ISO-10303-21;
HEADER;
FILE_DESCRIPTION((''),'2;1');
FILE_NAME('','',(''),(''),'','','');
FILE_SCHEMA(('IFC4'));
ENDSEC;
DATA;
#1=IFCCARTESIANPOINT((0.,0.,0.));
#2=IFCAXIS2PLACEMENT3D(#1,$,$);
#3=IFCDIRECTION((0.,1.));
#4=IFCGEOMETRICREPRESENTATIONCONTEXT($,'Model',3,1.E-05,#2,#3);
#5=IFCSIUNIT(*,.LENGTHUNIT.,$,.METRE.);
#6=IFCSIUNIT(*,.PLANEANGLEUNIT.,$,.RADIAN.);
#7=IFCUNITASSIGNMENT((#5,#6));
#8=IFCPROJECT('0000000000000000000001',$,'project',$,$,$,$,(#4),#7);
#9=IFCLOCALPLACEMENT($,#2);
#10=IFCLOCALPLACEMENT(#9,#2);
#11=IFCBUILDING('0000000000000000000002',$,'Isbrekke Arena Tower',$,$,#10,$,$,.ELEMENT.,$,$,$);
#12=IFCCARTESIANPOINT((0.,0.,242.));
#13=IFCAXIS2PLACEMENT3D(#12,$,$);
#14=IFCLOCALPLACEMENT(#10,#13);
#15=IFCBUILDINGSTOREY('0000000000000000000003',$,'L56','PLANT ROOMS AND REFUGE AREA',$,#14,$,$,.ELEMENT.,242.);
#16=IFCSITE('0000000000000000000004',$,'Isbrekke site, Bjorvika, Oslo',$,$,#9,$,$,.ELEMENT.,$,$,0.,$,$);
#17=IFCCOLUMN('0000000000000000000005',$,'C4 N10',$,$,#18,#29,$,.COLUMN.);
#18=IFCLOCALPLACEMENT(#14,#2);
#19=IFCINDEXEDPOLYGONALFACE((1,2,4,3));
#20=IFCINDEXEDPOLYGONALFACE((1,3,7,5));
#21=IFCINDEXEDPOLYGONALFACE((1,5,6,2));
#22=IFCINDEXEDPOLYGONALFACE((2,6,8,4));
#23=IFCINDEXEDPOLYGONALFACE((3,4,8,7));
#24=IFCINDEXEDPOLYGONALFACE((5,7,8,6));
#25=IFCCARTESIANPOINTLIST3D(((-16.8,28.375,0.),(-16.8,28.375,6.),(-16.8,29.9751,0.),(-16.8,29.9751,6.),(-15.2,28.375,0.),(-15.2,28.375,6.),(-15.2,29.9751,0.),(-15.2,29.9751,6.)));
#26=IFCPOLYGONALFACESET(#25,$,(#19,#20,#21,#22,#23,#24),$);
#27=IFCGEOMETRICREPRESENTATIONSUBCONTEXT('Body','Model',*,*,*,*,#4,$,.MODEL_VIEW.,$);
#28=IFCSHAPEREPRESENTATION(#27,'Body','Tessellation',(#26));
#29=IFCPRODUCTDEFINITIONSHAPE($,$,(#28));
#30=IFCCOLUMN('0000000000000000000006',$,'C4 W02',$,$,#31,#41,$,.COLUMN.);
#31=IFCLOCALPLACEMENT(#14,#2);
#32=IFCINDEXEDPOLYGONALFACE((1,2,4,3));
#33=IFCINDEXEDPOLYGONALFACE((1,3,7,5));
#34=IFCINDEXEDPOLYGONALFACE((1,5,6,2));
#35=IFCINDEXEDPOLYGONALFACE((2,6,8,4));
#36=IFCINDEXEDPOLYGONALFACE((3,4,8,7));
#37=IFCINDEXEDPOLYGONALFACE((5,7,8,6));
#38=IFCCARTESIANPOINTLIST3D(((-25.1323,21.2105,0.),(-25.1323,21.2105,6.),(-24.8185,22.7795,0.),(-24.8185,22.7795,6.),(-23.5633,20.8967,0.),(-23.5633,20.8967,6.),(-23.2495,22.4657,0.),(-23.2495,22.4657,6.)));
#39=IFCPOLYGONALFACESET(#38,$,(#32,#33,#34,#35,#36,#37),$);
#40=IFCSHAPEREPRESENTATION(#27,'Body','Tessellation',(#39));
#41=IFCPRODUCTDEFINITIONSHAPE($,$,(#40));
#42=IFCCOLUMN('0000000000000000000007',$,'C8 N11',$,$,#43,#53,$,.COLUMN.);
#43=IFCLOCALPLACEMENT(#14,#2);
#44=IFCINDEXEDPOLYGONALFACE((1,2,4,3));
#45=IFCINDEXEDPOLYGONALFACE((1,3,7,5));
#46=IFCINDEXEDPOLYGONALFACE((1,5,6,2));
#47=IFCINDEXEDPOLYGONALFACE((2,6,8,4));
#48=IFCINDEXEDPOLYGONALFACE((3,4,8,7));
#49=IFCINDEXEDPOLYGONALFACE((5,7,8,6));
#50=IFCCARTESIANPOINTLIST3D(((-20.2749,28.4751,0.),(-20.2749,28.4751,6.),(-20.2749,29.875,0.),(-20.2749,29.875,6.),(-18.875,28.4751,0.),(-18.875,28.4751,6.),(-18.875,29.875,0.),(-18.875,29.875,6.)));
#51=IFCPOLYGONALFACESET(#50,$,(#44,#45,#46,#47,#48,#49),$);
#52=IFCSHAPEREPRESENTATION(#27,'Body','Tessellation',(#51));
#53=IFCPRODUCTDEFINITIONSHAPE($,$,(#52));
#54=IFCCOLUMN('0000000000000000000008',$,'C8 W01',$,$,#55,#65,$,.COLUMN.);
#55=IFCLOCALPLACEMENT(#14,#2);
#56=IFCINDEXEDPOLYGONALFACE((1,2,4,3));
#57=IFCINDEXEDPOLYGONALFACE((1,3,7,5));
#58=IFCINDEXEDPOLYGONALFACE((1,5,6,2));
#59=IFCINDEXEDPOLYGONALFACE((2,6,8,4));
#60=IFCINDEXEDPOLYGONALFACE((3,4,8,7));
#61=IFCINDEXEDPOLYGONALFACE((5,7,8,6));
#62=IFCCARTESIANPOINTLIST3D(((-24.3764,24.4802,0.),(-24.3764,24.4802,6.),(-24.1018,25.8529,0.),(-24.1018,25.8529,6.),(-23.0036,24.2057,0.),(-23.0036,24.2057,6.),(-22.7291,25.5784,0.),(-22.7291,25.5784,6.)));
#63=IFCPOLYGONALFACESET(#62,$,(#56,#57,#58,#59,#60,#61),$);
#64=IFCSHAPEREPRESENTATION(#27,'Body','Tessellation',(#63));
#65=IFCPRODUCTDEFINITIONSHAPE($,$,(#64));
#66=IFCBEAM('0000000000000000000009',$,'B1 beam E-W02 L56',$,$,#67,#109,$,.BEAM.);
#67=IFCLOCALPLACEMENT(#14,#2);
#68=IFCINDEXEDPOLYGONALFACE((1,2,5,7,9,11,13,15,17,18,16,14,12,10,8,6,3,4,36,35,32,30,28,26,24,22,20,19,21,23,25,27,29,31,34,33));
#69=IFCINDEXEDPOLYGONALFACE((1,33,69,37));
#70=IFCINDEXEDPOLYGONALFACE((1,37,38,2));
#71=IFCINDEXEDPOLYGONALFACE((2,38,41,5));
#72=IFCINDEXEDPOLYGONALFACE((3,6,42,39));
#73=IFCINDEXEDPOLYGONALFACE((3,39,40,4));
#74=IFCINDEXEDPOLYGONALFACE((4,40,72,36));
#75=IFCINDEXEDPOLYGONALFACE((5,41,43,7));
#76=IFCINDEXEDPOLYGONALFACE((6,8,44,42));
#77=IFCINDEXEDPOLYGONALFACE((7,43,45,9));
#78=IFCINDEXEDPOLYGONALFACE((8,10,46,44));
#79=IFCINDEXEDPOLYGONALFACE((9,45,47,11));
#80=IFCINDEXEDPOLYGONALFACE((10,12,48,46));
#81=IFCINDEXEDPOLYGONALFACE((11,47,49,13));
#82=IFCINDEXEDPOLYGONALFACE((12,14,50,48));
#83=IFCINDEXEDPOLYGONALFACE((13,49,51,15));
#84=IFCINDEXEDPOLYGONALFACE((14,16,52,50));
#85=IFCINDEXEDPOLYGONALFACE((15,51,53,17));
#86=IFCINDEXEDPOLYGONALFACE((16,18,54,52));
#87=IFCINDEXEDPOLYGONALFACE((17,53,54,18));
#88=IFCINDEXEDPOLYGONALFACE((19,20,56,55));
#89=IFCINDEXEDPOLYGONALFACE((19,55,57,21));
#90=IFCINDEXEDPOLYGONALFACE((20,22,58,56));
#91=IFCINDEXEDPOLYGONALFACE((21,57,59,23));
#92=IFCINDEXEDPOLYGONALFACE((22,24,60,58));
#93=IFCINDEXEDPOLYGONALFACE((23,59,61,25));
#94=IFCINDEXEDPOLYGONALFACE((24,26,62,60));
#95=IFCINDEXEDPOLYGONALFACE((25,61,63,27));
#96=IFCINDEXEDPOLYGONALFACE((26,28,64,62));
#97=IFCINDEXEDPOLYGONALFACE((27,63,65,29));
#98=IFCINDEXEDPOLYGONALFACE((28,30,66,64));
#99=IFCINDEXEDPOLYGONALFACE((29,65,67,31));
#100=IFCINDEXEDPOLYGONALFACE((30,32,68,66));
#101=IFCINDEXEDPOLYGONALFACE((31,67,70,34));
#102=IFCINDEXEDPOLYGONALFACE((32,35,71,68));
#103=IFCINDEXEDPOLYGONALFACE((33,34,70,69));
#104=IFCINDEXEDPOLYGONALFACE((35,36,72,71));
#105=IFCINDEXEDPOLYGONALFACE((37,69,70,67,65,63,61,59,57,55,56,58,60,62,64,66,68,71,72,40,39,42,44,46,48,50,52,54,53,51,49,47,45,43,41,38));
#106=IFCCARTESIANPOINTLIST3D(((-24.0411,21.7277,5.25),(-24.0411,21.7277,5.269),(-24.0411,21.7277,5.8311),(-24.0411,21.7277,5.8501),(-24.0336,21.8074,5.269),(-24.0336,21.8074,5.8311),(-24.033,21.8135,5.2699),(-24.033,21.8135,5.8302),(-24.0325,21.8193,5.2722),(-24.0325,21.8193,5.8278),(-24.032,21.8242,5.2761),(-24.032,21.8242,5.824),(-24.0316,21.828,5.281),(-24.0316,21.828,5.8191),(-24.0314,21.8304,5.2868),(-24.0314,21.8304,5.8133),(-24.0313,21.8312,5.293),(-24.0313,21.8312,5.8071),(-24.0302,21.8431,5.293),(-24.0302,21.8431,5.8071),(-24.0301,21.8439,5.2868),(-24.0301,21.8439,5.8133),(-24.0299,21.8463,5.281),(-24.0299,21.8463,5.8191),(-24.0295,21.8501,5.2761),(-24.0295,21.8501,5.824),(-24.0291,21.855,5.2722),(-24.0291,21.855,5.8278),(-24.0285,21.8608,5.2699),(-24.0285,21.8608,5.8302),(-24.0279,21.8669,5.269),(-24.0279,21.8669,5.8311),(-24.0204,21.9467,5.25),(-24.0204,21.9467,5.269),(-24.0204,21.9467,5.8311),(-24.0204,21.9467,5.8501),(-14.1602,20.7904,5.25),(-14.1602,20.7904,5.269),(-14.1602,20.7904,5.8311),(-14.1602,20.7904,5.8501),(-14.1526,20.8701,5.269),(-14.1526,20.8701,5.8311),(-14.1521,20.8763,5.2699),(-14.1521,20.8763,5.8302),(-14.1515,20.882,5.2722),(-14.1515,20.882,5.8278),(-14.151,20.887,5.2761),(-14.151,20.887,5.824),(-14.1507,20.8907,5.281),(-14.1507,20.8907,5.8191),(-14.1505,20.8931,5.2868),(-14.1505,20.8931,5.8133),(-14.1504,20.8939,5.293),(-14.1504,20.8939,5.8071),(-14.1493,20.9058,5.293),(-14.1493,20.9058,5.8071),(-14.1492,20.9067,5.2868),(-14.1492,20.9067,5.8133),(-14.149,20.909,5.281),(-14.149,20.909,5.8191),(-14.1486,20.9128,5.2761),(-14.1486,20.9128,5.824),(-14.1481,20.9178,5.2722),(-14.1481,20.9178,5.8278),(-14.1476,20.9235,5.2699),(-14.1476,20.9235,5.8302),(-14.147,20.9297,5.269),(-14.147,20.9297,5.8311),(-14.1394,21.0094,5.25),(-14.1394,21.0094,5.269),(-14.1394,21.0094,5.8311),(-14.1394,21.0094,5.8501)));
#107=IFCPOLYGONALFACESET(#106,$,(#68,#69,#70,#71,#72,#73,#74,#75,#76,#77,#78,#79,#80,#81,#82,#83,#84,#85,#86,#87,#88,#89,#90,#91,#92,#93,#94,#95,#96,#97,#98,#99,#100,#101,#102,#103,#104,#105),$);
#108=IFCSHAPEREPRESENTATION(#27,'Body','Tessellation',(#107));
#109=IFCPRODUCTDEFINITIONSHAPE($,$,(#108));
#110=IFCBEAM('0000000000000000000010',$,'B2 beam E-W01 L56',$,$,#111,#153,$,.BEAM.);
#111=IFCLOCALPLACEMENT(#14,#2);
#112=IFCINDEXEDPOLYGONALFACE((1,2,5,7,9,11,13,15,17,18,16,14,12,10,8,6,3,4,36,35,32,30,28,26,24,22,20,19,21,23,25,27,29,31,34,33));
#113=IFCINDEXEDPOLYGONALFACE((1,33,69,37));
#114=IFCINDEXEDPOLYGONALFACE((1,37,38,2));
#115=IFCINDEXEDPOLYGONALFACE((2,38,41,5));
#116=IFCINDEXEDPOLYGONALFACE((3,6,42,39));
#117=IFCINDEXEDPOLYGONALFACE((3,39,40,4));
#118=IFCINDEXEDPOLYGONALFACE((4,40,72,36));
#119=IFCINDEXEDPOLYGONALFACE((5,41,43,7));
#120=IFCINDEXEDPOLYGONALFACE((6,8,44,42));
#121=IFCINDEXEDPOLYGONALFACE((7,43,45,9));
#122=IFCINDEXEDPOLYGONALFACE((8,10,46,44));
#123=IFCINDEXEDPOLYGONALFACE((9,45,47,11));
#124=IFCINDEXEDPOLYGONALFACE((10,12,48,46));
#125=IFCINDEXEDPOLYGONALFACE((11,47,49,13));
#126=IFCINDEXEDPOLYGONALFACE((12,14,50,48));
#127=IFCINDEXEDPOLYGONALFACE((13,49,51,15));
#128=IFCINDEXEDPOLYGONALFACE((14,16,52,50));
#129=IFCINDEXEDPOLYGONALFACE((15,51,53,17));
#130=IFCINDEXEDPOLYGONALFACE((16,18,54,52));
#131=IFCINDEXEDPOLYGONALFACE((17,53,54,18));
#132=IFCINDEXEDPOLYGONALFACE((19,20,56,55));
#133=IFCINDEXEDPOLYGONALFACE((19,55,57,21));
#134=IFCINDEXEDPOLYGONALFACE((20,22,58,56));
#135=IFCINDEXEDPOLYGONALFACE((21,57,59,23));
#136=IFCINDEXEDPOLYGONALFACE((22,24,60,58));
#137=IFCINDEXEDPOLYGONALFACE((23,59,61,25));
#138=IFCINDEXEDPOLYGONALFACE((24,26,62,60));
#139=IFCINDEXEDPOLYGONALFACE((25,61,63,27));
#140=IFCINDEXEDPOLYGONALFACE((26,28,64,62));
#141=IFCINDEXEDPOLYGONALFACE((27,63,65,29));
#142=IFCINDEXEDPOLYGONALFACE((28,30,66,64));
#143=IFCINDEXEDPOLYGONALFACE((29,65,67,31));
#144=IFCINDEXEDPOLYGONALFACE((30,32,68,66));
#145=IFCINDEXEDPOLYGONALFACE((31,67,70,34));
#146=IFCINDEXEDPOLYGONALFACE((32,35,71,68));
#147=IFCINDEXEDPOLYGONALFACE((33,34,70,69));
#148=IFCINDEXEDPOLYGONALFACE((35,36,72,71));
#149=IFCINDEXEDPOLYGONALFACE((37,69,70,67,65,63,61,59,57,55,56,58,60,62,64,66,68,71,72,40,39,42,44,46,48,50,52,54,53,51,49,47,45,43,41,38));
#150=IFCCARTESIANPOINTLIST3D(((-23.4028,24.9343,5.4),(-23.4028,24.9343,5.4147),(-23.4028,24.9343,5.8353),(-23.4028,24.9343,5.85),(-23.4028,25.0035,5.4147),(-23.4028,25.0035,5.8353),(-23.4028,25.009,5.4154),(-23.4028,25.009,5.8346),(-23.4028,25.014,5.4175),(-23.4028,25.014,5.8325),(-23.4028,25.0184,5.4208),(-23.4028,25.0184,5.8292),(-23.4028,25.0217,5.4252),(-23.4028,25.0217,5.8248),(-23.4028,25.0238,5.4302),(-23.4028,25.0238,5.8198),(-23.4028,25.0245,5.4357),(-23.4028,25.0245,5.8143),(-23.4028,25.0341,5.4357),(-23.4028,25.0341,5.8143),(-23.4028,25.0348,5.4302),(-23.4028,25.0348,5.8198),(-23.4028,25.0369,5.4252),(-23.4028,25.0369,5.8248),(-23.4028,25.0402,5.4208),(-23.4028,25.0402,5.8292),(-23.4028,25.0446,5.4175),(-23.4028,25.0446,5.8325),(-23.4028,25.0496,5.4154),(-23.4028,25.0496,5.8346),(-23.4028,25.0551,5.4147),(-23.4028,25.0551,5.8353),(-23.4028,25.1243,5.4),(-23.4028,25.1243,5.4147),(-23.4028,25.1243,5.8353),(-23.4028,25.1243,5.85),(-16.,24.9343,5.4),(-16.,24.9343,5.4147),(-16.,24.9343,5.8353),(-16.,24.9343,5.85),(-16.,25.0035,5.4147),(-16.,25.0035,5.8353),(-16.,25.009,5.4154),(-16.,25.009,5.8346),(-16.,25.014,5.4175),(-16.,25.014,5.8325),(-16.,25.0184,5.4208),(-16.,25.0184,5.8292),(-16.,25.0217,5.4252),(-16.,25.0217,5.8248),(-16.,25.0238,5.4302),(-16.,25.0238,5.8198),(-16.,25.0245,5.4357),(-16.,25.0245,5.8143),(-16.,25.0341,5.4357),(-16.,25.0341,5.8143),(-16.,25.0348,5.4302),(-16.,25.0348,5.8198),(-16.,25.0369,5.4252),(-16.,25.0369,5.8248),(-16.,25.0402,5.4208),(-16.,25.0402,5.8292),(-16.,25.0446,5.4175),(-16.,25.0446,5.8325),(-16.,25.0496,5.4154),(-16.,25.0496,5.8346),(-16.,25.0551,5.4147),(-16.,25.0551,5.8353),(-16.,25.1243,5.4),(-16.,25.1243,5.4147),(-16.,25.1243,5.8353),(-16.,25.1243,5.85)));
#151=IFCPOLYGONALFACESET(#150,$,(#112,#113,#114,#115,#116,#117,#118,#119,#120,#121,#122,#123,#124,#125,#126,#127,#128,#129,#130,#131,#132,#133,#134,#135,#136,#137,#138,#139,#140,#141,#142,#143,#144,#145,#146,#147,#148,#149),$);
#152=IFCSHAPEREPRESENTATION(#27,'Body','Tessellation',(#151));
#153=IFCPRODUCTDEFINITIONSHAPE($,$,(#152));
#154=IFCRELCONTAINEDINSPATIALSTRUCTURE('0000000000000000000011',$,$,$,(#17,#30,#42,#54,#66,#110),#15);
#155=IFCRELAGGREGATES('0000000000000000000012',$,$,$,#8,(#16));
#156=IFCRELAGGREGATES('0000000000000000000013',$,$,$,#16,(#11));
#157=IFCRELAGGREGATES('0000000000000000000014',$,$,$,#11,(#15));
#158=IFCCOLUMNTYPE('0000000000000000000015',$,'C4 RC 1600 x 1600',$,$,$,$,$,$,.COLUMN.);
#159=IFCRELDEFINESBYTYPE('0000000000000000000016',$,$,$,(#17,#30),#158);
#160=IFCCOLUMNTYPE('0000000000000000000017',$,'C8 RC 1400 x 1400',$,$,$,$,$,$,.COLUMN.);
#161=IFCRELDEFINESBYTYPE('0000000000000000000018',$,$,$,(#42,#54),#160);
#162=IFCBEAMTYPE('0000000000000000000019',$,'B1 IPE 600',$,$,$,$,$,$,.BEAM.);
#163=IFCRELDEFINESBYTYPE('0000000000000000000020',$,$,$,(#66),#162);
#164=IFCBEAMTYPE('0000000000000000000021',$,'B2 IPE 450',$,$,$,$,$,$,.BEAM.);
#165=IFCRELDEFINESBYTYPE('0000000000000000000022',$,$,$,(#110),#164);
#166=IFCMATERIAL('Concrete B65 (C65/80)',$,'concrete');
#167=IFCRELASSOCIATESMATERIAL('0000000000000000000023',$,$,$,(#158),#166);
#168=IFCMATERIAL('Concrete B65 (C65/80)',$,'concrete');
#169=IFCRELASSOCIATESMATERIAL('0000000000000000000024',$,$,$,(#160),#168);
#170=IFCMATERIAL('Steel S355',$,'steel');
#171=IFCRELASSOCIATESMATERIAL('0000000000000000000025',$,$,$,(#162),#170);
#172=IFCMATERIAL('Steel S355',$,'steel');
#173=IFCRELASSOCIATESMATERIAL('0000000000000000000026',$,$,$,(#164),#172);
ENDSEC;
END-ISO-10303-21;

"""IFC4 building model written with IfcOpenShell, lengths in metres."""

from ifc_helpers import new_model, si_unit, direction, frame, origin, origin_2d, place, context, subcontext, project, spatial, rectangle, i_section, extrude, material, material_profile, profile_set, type_object, element, save


model = new_model("IFC4")

# Units and contexts
model_context = context("Model", 3, precision=1e-05, world=origin(), true_north=direction((0.0, 1.0)))
body_context = subcontext(model_context, "Body", "Model", "MODEL_VIEW")
ifc_project = project(units=[si_unit("LENGTHUNIT", "METRE"), si_unit("PLANEANGLEUNIT", "RADIAN")], contexts=[model_context])

# Site, building, storey
site_placement = place(None, origin())
site = spatial("IfcSite", under=ifc_project, at=site_placement, Name="Isbrekke site, Bjorvika, Oslo", CompositionType="ELEMENT", RefElevation=0.0)
building_placement = place(site_placement, origin())
building = spatial("IfcBuilding", under=site, at=building_placement, Name="Isbrekke Arena Tower", CompositionType="ELEMENT")
storey_placement = place(building_placement, frame((0.0, 0.0, 242.0)))
storey = spatial("IfcBuildingStorey", under=building, at=storey_placement, Name="L56", Description="PLANT ROOMS AND REFUGE AREA", CompositionType="ELEMENT", Elevation=242.0)

# Columns
ifc_material_1 = material(Name="Concrete B65 (C65/80)", Category="concrete")
ifc_material_profile_1 = material_profile(ifc_material_1, rectangle(XDim=1.6001, YDim=1.6001, at=origin_2d()), Name="RC 1600x1600")
ifc_profile_set_1 = profile_set([ifc_material_profile_1], Name="Concrete B65 (C65/80)")
column_type_1 = type_object("IfcColumnType", Name="C4 RC 1600 x 1600", PredefinedType="COLUMN", material=ifc_profile_set_1)
for number, where, z_axis, x_axis, name in (
    (1, (-16.0, 29.175, 0.0), (0.0, 0.0, 1.0), (-1.0, 0.0, 0.0), "C4 N10"),
    (2, (-24.1909, 21.8381, 0.0), (0.0, 0.0, 1.0), (-0.196116, -0.980581, 0.0), "C4 W02"),
):
    element("IfcColumn", number, at=place(storey_placement, frame(where, z_axis=z_axis, x_axis=x_axis)), inside=storey, type_object=column_type_1, Name=name, PredefinedType="COLUMN", context=body_context, shape_type="SweptSolid", body=[
        extrude(rectangle(XDim=1.6001, YDim=1.6001, at=origin_2d()), origin(), (0.0, 0.0, 1.0), 6.0),
    ])
ifc_material_2 = material(Name="Concrete B65 (C65/80)", Category="concrete")
ifc_material_profile_2 = material_profile(ifc_material_2, rectangle(XDim=1.3999, YDim=1.3999, at=origin_2d()), Name="RC 1400x1400")
ifc_profile_set_2 = profile_set([ifc_material_profile_2], Name="Concrete B65 (C65/80)")
column_type_2 = type_object("IfcColumnType", Name="C8 RC 1400 x 1400", PredefinedType="COLUMN", material=ifc_profile_set_2)
for number, where, z_axis, x_axis, name in (
    (3, (-19.575, 29.175, 0.0), (0.0, 0.0, 1.0), (-1.0, 0.0, 0.0), "C8 N11"),
    (4, (-23.5527, 25.0293, 0.0), (0.0, 0.0, 1.0), (-0.196116, -0.980581, 0.0), "C8 W01"),
):
    element("IfcColumn", number, at=place(storey_placement, frame(where, z_axis=z_axis, x_axis=x_axis)), inside=storey, type_object=column_type_2, Name=name, PredefinedType="COLUMN", context=body_context, shape_type="SweptSolid", body=[
        extrude(rectangle(XDim=1.3999, YDim=1.3999, at=origin_2d()), origin(), (0.0, 0.0, 1.0), 6.0),
    ])

# Beams
ifc_material_3 = material(Name="Steel S355", Category="steel")
ifc_material_profile_3 = material_profile(ifc_material_3, i_section(OverallWidth=0.22, OverallDepth=0.6001, WebThickness=0.012, FlangeThickness=0.019, FilletRadius=0.0239, at=origin_2d()), Name="IPE 600")
ifc_profile_set_3 = profile_set([ifc_material_profile_3], Name="Steel S355")
beam_type_1 = type_object("IfcBeamType", Name="B1 IPE 600", PredefinedType="BEAM", material=ifc_profile_set_3)
beam_1_placement = place(storey_placement, frame((-24.0308, 21.8372, 5.55), z_axis=(0.995531, -0.094432, 0.0), x_axis=(0.094432, 0.995531, 0.0)))
element("IfcBeam", 5, at=beam_1_placement, inside=storey, type_object=beam_type_1, Name="B1 beam E-W02 L56", PredefinedType="BEAM", context=body_context, shape_type="SweptSolid", body=[
    extrude(i_section(OverallWidth=0.22, OverallDepth=0.6001, WebThickness=0.012, FlangeThickness=0.019, FilletRadius=0.0239, at=origin_2d()), origin(), (0.0, 0.0, 1.0), 9.9253),
])
ifc_material_4 = material(Name="Steel S355", Category="steel")
ifc_material_profile_4 = material_profile(ifc_material_4, i_section(OverallWidth=0.1899, OverallDepth=0.45, WebThickness=0.0095, FlangeThickness=0.0146, FilletRadius=0.021, at=origin_2d()), Name="IPE 450")
ifc_profile_set_4 = profile_set([ifc_material_profile_4], Name="Steel S355")
beam_type_2 = type_object("IfcBeamType", Name="B2 IPE 450", PredefinedType="BEAM", material=ifc_profile_set_4)
beam_2_placement = place(storey_placement, frame((-23.4028, 25.0293, 5.625), z_axis=(1.0, 0.0, 0.0), x_axis=(0.0, 1.0, 0.0)))
element("IfcBeam", 6, at=beam_2_placement, inside=storey, type_object=beam_type_2, Name="B2 beam E-W01 L56", PredefinedType="BEAM", context=body_context, shape_type="SweptSolid", body=[
    extrude(i_section(OverallWidth=0.1899, OverallDepth=0.45, WebThickness=0.0095, FlangeThickness=0.0146, FilletRadius=0.021, at=origin_2d()), origin(), (0.0, 0.0, 1.0), 7.4028),
])

save(model, "model.ifc")
